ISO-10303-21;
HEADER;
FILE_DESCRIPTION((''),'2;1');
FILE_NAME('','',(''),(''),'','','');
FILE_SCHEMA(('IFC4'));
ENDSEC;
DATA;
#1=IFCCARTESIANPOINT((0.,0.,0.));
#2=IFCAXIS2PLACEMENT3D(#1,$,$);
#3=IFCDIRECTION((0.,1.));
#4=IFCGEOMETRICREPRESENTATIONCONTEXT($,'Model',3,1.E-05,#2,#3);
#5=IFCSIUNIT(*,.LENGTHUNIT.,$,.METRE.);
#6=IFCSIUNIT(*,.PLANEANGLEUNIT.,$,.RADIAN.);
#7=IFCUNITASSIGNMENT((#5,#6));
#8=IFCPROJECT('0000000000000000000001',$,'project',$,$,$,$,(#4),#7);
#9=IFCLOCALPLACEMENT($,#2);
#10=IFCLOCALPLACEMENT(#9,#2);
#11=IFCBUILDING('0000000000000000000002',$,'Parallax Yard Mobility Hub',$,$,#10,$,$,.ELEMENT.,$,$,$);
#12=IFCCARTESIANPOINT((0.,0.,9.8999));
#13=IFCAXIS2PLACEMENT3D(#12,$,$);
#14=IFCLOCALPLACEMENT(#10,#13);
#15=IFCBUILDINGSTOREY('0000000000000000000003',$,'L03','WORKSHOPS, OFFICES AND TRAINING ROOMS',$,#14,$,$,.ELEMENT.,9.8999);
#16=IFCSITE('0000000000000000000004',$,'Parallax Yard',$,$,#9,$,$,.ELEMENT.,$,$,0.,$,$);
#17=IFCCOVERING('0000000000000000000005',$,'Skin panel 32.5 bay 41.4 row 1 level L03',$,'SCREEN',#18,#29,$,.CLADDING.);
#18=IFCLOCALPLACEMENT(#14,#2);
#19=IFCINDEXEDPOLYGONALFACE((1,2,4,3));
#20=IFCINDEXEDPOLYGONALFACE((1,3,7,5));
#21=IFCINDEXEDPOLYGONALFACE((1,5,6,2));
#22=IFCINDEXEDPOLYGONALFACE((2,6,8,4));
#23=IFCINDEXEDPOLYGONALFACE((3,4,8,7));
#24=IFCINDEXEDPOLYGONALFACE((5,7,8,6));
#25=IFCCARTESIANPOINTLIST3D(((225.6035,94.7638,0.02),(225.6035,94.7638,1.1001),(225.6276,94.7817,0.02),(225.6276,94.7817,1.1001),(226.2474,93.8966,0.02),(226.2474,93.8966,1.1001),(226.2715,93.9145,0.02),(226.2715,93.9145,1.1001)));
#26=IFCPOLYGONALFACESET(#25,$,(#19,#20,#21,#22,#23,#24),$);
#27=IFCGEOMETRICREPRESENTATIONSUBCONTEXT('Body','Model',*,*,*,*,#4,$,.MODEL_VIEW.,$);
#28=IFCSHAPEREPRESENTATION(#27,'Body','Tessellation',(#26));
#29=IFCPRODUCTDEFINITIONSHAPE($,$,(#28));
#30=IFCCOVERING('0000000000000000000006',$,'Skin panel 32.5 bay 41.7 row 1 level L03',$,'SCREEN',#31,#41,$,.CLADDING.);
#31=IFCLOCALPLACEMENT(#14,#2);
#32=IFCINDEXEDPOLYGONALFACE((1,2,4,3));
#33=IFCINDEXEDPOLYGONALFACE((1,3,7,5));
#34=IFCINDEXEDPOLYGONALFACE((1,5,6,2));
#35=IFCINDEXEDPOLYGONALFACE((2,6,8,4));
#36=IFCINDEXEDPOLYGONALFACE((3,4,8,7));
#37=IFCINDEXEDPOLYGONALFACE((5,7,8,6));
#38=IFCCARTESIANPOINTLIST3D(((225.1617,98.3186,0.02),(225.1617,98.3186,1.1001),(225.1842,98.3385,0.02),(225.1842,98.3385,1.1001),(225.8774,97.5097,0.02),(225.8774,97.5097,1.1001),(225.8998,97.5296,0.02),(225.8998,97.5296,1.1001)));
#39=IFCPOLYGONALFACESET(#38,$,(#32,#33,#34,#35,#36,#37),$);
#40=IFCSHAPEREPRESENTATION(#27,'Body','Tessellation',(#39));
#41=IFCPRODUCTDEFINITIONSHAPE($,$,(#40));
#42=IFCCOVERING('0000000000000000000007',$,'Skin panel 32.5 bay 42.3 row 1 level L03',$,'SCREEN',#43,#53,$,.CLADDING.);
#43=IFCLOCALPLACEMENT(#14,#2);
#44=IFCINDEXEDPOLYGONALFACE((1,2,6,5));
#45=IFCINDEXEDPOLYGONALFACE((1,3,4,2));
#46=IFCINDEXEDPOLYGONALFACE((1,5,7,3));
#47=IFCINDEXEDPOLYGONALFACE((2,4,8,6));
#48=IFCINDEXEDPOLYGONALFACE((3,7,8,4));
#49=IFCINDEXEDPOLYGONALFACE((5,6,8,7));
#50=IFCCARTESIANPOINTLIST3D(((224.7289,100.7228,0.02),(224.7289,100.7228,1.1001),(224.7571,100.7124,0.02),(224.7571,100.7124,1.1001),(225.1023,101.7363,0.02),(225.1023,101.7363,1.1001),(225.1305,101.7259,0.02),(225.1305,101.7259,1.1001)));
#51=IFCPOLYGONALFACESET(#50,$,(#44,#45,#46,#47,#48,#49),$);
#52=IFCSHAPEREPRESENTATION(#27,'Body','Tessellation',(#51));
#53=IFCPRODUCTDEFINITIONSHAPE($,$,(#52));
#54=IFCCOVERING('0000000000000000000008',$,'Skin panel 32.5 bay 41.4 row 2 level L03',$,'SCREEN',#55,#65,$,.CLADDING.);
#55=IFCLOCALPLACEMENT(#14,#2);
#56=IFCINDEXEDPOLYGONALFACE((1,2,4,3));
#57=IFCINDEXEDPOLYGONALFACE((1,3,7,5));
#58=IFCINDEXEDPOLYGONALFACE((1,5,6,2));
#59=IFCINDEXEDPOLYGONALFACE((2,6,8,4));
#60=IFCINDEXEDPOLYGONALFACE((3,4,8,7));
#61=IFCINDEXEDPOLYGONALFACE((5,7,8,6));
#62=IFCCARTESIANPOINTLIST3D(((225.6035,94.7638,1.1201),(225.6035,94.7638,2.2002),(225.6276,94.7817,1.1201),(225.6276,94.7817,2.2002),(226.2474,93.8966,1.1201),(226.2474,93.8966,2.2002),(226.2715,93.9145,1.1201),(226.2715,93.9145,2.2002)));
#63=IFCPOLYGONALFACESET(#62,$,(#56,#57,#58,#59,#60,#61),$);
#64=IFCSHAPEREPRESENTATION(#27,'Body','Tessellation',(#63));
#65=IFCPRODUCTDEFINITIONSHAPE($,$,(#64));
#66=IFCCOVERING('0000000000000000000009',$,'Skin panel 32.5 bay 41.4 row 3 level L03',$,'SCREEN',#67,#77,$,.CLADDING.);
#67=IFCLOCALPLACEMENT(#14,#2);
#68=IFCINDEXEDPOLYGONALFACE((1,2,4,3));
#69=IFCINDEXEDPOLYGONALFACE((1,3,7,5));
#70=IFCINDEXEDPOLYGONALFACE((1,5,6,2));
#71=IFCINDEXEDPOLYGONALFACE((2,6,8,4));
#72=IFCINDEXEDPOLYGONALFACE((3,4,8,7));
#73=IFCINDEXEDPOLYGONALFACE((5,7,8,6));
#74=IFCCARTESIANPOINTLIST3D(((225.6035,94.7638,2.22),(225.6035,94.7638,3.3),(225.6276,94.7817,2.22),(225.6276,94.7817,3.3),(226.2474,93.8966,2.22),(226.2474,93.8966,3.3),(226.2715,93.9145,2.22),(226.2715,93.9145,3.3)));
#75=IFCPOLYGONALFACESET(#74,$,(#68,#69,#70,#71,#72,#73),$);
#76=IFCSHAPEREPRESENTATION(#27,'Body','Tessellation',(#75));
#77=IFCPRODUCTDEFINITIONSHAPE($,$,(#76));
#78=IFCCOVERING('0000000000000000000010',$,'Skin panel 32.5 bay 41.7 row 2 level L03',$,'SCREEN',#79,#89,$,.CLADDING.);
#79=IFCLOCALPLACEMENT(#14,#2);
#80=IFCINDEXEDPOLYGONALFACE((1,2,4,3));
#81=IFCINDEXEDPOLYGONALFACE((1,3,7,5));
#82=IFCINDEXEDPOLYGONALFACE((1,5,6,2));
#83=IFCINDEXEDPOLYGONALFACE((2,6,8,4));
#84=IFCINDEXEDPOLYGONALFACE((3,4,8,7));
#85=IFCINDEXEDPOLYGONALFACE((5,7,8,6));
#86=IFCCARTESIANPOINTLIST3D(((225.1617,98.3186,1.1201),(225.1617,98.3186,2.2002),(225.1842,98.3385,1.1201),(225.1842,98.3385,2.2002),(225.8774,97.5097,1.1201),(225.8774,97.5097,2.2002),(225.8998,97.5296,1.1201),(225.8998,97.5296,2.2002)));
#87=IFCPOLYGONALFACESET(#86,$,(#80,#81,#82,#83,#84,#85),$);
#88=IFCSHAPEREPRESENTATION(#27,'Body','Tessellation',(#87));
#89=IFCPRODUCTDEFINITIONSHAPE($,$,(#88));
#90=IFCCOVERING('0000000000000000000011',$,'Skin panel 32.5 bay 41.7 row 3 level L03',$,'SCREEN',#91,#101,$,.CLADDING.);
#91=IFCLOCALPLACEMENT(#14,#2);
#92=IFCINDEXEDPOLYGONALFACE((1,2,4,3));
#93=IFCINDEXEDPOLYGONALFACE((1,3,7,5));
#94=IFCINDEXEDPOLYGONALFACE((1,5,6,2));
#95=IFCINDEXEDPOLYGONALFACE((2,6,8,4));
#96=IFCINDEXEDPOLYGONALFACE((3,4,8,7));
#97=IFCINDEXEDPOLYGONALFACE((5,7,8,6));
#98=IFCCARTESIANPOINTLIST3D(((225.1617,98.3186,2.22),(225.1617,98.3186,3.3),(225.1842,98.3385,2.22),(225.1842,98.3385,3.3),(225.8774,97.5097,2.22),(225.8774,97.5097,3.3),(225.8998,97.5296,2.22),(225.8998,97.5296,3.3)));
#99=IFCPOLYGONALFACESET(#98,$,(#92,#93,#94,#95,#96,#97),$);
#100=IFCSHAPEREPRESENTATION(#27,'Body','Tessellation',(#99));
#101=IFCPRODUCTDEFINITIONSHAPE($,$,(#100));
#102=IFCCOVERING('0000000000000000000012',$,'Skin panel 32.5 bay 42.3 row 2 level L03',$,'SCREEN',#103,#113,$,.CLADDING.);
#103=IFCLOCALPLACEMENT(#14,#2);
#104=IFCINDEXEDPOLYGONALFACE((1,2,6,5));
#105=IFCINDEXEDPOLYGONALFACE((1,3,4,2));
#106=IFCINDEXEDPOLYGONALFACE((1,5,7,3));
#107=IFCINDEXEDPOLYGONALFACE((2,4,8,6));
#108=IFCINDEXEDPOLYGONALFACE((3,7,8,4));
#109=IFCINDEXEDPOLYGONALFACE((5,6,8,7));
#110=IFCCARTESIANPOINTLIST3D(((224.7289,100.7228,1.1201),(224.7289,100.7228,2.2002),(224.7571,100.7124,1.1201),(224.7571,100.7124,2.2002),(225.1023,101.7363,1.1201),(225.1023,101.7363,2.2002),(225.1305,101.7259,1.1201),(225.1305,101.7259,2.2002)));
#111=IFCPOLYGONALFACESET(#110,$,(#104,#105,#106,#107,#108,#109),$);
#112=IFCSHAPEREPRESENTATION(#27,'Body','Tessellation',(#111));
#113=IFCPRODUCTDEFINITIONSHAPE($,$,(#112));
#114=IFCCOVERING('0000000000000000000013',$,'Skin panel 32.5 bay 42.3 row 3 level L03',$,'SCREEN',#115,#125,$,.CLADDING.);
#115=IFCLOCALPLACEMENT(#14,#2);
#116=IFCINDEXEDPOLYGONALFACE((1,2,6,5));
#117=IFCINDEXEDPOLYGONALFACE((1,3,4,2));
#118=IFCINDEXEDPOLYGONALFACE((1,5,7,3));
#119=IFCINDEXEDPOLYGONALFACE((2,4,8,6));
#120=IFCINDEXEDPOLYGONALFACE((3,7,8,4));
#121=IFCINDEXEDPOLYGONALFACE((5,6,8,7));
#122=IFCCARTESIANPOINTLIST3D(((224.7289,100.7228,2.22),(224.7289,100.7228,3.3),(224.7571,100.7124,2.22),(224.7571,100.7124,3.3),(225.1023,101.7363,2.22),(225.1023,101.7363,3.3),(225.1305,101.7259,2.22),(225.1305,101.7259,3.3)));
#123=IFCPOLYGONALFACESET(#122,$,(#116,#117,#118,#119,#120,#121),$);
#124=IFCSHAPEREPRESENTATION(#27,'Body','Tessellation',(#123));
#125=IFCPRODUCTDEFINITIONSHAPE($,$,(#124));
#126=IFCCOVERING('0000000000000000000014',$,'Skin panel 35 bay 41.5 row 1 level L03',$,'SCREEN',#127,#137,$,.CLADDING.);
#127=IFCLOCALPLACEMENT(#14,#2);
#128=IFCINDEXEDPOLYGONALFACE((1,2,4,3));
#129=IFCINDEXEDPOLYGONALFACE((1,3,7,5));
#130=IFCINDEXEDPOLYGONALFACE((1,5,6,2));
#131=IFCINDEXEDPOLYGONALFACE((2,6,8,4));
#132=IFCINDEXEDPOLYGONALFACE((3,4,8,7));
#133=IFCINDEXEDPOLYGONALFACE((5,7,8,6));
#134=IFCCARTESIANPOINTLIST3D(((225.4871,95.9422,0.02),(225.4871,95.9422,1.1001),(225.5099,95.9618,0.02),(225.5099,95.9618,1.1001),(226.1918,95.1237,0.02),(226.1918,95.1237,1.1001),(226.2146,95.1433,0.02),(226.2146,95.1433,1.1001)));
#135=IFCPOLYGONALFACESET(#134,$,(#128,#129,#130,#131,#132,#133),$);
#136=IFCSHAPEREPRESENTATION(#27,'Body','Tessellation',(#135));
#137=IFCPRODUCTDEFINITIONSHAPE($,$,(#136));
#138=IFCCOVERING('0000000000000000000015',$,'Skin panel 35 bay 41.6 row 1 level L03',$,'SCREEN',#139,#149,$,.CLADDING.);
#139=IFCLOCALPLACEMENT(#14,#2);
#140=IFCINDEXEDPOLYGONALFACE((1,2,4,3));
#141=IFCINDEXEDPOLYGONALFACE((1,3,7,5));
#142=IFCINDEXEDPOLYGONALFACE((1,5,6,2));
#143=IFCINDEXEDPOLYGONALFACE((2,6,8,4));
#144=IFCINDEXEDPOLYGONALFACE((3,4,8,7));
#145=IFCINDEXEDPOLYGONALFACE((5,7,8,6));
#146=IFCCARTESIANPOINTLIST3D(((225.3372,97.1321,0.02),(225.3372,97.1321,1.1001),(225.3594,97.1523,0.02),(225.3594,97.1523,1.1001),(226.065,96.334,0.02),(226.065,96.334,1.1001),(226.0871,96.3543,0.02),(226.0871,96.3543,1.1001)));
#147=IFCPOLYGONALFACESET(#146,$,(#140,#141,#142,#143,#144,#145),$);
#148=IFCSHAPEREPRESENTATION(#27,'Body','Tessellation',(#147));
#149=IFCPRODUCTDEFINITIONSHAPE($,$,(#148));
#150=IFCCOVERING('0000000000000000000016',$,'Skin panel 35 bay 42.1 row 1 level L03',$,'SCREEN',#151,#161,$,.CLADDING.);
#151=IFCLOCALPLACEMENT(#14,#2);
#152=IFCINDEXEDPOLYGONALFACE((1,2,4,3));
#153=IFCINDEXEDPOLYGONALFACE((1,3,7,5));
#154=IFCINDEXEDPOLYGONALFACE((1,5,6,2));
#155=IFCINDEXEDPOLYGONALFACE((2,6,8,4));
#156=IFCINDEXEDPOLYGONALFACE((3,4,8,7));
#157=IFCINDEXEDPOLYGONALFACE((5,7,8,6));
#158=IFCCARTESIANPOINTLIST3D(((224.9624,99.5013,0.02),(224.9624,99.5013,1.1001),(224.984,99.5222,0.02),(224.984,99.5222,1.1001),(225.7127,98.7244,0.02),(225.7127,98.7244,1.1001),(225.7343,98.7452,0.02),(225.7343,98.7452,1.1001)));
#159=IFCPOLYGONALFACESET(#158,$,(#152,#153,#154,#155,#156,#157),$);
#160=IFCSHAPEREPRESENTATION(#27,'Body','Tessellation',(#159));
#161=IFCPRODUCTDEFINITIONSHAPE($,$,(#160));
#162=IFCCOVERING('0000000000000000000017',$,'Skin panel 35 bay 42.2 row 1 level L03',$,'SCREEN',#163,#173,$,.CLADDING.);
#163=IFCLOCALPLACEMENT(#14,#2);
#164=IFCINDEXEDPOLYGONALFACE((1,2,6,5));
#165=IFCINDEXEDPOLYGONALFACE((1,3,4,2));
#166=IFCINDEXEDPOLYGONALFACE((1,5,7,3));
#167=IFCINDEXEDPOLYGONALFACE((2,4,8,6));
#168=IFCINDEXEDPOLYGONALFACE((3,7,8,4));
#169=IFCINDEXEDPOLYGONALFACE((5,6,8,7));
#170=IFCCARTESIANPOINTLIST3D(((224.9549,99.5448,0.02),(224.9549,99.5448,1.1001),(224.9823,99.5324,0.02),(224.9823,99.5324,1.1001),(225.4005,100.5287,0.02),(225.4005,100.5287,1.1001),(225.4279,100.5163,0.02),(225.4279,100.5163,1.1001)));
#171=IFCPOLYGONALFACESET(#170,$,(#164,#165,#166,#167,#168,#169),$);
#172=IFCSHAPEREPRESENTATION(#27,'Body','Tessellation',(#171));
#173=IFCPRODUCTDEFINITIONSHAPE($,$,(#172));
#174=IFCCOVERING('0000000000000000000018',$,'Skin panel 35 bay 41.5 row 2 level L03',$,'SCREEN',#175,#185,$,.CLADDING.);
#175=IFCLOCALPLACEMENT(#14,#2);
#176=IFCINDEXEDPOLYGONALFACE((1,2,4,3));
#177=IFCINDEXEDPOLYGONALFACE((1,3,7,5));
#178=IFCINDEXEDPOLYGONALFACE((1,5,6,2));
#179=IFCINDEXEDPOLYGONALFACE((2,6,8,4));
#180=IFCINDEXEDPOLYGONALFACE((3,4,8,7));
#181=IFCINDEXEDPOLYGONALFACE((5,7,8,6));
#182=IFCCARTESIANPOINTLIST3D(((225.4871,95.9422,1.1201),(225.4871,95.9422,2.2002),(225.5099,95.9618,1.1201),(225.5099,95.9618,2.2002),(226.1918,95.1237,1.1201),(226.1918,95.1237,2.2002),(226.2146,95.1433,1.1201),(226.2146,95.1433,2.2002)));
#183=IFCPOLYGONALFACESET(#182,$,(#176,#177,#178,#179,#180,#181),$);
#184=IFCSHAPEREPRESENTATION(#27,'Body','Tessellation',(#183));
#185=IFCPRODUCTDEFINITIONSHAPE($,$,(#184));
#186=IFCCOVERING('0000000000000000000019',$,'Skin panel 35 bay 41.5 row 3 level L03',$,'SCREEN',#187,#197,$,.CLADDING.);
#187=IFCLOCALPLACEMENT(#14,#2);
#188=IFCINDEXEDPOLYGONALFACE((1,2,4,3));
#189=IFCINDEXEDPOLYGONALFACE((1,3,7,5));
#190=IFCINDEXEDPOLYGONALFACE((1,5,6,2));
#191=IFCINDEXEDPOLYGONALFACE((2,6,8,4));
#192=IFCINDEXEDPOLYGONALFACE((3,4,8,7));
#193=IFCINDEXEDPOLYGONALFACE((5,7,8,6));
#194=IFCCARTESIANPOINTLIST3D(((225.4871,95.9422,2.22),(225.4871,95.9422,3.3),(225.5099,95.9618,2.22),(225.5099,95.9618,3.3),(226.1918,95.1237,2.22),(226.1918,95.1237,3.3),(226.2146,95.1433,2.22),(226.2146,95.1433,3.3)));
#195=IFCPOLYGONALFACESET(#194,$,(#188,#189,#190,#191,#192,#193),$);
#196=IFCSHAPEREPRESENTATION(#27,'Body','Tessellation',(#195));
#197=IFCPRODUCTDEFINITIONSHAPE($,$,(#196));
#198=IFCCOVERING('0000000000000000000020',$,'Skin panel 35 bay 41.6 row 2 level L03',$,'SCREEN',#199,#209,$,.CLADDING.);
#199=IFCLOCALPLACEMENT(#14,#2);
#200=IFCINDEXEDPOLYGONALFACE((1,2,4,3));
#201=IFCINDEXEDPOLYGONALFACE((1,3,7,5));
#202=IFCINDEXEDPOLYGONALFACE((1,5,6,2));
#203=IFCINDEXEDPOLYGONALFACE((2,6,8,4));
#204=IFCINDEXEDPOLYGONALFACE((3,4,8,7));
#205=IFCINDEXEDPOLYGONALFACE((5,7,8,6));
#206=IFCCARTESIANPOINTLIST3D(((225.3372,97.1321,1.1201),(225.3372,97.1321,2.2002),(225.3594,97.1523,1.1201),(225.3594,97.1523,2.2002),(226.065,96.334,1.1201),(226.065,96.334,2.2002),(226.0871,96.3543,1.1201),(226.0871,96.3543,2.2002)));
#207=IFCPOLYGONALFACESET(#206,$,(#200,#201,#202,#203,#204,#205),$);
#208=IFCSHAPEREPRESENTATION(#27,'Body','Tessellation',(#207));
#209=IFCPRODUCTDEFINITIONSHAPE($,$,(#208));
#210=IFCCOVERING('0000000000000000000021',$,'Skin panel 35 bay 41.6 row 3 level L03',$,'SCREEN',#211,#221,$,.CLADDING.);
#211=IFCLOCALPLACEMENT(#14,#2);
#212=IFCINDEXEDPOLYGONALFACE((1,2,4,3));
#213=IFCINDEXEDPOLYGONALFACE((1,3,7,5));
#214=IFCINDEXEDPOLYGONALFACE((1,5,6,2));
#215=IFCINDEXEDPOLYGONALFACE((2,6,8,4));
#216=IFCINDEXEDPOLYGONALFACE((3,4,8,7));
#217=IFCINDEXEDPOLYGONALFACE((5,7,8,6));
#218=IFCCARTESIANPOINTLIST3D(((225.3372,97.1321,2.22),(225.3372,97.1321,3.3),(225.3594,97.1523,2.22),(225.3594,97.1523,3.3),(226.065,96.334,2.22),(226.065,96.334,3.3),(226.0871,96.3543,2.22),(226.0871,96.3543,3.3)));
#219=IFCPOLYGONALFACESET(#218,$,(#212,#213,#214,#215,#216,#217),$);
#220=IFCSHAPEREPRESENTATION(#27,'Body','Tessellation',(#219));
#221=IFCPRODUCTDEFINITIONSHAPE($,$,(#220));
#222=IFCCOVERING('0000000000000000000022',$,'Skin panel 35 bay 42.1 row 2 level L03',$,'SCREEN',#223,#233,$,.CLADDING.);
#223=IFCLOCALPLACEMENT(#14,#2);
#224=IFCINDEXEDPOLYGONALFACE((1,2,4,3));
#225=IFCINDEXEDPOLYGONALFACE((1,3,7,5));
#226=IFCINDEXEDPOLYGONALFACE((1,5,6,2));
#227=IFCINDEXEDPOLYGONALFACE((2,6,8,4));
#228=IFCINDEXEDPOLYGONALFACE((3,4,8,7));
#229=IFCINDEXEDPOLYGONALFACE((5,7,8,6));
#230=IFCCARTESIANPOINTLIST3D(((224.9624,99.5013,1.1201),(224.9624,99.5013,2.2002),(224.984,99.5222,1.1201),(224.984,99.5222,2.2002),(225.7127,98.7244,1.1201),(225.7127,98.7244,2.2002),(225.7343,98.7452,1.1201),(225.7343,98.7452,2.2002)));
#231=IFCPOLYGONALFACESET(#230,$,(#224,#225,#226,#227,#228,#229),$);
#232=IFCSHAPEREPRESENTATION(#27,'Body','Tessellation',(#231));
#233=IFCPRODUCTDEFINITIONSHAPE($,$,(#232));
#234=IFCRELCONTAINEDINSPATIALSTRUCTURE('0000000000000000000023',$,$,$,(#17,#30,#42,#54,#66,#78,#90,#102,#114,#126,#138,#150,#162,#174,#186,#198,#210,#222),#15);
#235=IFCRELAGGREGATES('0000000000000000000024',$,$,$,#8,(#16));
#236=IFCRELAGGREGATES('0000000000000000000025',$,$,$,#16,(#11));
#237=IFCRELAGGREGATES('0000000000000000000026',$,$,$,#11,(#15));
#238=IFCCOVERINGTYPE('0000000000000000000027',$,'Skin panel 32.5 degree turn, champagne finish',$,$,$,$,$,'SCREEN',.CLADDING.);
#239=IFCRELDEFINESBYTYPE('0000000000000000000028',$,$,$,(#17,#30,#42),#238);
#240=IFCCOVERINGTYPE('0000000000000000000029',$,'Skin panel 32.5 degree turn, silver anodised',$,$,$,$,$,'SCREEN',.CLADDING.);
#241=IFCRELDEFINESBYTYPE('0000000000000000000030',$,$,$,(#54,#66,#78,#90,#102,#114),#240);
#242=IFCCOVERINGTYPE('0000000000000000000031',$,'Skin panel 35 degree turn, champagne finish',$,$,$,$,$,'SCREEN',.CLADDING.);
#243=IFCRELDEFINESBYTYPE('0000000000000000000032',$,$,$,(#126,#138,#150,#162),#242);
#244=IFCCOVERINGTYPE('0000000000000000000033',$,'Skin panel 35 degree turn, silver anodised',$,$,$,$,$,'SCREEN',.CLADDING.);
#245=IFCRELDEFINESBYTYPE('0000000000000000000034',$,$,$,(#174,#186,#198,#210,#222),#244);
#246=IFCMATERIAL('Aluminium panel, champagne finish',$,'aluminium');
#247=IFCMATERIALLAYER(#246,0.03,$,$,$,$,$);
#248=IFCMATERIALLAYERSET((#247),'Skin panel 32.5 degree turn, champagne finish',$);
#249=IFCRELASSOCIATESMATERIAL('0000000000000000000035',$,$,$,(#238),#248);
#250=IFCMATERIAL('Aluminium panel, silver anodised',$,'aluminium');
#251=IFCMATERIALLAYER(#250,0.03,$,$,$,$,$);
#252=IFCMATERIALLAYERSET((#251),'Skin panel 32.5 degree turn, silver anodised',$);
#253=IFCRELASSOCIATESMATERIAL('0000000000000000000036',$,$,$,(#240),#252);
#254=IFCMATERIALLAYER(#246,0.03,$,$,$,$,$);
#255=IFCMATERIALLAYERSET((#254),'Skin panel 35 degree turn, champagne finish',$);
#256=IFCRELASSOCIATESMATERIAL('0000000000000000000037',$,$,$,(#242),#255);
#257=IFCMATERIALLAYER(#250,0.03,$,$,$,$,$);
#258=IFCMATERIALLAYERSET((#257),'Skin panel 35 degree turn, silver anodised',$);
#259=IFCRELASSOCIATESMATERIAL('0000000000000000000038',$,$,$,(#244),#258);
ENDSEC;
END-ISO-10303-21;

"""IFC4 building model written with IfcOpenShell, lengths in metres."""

from ifc_helpers import new_model, si_unit, direction, frame, origin, origin_2d, place, context, subcontext, project, spatial, rectangle, extrude, material, layer, layer_set, type_object, element, save


model = new_model("IFC4")

# Units and contexts
model_context = context("Model", 3, precision=1e-05, world=origin(), true_north=direction((0.0, 1.0)))
body_context = subcontext(model_context, "Body", "Model", "MODEL_VIEW")
ifc_project = project(units=[si_unit("LENGTHUNIT", "METRE"), si_unit("PLANEANGLEUNIT", "RADIAN")], contexts=[model_context])

# Site, building, storey
site_placement = place(None, origin())
site = spatial("IfcSite", under=ifc_project, at=site_placement, Name="Parallax Yard", CompositionType="ELEMENT", RefElevation=0.0)
building_placement = place(site_placement, origin())
building = spatial("IfcBuilding", under=site, at=building_placement, Name="Parallax Yard Mobility Hub", CompositionType="ELEMENT")
storey_placement = place(building_placement, frame((0.0, 0.0, 9.8999)))
storey = spatial("IfcBuildingStorey", under=building, at=storey_placement, Name="L03", Description="WORKSHOPS, OFFICES AND TRAINING ROOMS", CompositionType="ELEMENT", Elevation=9.8999)

# Coverings
ifc_material_1 = material(Name="Aluminium panel, champagne finish", Category="aluminium")
ifc_layer_1 = layer(ifc_material_1, 0.03)
ifc_layer_set_1 = layer_set([ifc_layer_1], Name="Skin panel 32.5 degree turn, champagne finish")
covering_type_1 = type_object("IfcCoveringType", Name="Skin panel 32.5 degree turn, champagne finish", ElementType="SCREEN", PredefinedType="CLADDING", material=ifc_layer_set_1)
for number, where, z_axis, x_axis, name in (
    (1, (225.9375, 94.3391, 0.02), (0.0, 0.0, 1.0), (0.596097, -0.802912, 0.0), "Skin panel 32.5 bay 41.4 row 1 level L03"),
    (2, (225.5308, 97.9241, 0.02), (0.0, 0.0, 1.0), (0.66262, -0.748956, 0.0), "Skin panel 32.5 bay 41.7 row 1 level L03"),
    (3, (224.9297, 101.2244, 0.02), (0.0, 0.0, 1.0), (0.345745, 0.938328, 0.0), "Skin panel 32.5 bay 42.3 row 1 level L03"),
):
    element("IfcCovering", number, at=place(storey_placement, frame(where, z_axis=z_axis, x_axis=x_axis)), inside=storey, type_object=covering_type_1, Name=name, ObjectType="SCREEN", PredefinedType="CLADDING", context=body_context, shape_type="SweptSolid", body=[
        extrude(rectangle(XDim=1.0801, YDim=0.03, at=origin_2d()), origin(), (0.0, 0.0, 1.0), 1.0801),
    ])
ifc_material_2 = material(Name="Aluminium panel, silver anodised", Category="aluminium")
ifc_layer_2 = layer(ifc_material_2, 0.03)
ifc_layer_set_2 = layer_set([ifc_layer_2], Name="Skin panel 32.5 degree turn, silver anodised")
covering_type_2 = type_object("IfcCoveringType", Name="Skin panel 32.5 degree turn, silver anodised", ElementType="SCREEN", PredefinedType="CLADDING", material=ifc_layer_set_2)
for number, where, z_axis, x_axis, name in (
    (4, (225.9375, 94.3391, 1.1201), (0.0, 0.0, 1.0), (0.596097, -0.802912, 0.0), "Skin panel 32.5 bay 41.4 row 2 level L03"),
    (5, (225.9375, 94.3391, 2.22), (0.0, 0.0, 1.0), (0.596097, -0.802912, 0.0), "Skin panel 32.5 bay 41.4 row 3 level L03"),
    (6, (225.5308, 97.9241, 1.1201), (0.0, 0.0, 1.0), (0.66262, -0.748956, 0.0), "Skin panel 32.5 bay 41.7 row 2 level L03"),
    (7, (225.5308, 97.9241, 2.22), (0.0, 0.0, 1.0), (0.66262, -0.748956, 0.0), "Skin panel 32.5 bay 41.7 row 3 level L03"),
    (8, (224.9297, 101.2244, 1.1201), (0.0, 0.0, 1.0), (0.345745, 0.938328, 0.0), "Skin panel 32.5 bay 42.3 row 2 level L03"),
    (9, (224.9297, 101.2244, 2.22), (0.0, 0.0, 1.0), (0.345745, 0.938328, 0.0), "Skin panel 32.5 bay 42.3 row 3 level L03"),
):
    element("IfcCovering", number, at=place(storey_placement, frame(where, z_axis=z_axis, x_axis=x_axis)), inside=storey, type_object=covering_type_2, Name=name, ObjectType="SCREEN", PredefinedType="CLADDING", context=body_context, shape_type="SweptSolid", body=[
        extrude(rectangle(XDim=1.0801, YDim=0.03, at=origin_2d()), origin(), (0.0, 0.0, 1.0), 1.0801),
    ])
ifc_layer_3 = layer(ifc_material_1, 0.03)
ifc_layer_set_3 = layer_set([ifc_layer_3], Name="Skin panel 35 degree turn, champagne finish")
covering_type_3 = type_object("IfcCoveringType", Name="Skin panel 35 degree turn, champagne finish", ElementType="SCREEN", PredefinedType="CLADDING", material=ifc_layer_set_3)
for number, where, z_axis, x_axis, name in (
    (10, (225.8508, 95.5427, 0.02), (0.0, 0.0, 1.0), (0.65246, -0.757824, 0.0), "Skin panel 35 bay 41.5 row 1 level L03"),
    (11, (225.7122, 96.7432, 0.02), (0.0, 0.0, 1.0), (0.673833, -0.738884, 0.0), "Skin panel 35 bay 41.6 row 1 level L03"),
    (12, (225.3484, 99.1233, 0.02), (0.0, 0.0, 1.0), (0.694658, -0.71934, 0.0), "Skin panel 35 bay 42.1 row 1 level L03"),
    (13, (225.1914, 100.0305, 0.02), (0.0, 0.0, 1.0), (0.412526, 0.910946, 0.0), "Skin panel 35 bay 42.2 row 1 level L03"),
):
    element("IfcCovering", number, at=place(storey_placement, frame(where, z_axis=z_axis, x_axis=x_axis)), inside=storey, type_object=covering_type_3, Name=name, ObjectType="SCREEN", PredefinedType="CLADDING", context=body_context, shape_type="SweptSolid", body=[
        extrude(rectangle(XDim=1.0801, YDim=0.03, at=origin_2d()), origin(), (0.0, 0.0, 1.0), 1.0801),
    ])
ifc_layer_4 = layer(ifc_material_2, 0.03)
ifc_layer_set_4 = layer_set([ifc_layer_4], Name="Skin panel 35 degree turn, silver anodised")
covering_type_4 = type_object("IfcCoveringType", Name="Skin panel 35 degree turn, silver anodised", ElementType="SCREEN", PredefinedType="CLADDING", material=ifc_layer_set_4)
for number, where, z_axis, x_axis, name in (
    (14, (225.8508, 95.5427, 1.1201), (0.0, 0.0, 1.0), (0.65246, -0.757824, 0.0), "Skin panel 35 bay 41.5 row 2 level L03"),
    (15, (225.8508, 95.5427, 2.22), (0.0, 0.0, 1.0), (0.65246, -0.757824, 0.0), "Skin panel 35 bay 41.5 row 3 level L03"),
    (16, (225.7122, 96.7432, 1.1201), (0.0, 0.0, 1.0), (0.673833, -0.738884, 0.0), "Skin panel 35 bay 41.6 row 2 level L03"),
    (17, (225.7122, 96.7432, 2.22), (0.0, 0.0, 1.0), (0.673833, -0.738884, 0.0), "Skin panel 35 bay 41.6 row 3 level L03"),
    (18, (225.3484, 99.1233, 1.1201), (0.0, 0.0, 1.0), (0.694658, -0.71934, 0.0), "Skin panel 35 bay 42.1 row 2 level L03"),
):
    element("IfcCovering", number, at=place(storey_placement, frame(where, z_axis=z_axis, x_axis=x_axis)), inside=storey, type_object=covering_type_4, Name=name, ObjectType="SCREEN", PredefinedType="CLADDING", context=body_context, shape_type="SweptSolid", body=[
        extrude(rectangle(XDim=1.0801, YDim=0.03, at=origin_2d()), origin(), (0.0, 0.0, 1.0), 1.0801),
    ])

save(model, "model.ifc")
